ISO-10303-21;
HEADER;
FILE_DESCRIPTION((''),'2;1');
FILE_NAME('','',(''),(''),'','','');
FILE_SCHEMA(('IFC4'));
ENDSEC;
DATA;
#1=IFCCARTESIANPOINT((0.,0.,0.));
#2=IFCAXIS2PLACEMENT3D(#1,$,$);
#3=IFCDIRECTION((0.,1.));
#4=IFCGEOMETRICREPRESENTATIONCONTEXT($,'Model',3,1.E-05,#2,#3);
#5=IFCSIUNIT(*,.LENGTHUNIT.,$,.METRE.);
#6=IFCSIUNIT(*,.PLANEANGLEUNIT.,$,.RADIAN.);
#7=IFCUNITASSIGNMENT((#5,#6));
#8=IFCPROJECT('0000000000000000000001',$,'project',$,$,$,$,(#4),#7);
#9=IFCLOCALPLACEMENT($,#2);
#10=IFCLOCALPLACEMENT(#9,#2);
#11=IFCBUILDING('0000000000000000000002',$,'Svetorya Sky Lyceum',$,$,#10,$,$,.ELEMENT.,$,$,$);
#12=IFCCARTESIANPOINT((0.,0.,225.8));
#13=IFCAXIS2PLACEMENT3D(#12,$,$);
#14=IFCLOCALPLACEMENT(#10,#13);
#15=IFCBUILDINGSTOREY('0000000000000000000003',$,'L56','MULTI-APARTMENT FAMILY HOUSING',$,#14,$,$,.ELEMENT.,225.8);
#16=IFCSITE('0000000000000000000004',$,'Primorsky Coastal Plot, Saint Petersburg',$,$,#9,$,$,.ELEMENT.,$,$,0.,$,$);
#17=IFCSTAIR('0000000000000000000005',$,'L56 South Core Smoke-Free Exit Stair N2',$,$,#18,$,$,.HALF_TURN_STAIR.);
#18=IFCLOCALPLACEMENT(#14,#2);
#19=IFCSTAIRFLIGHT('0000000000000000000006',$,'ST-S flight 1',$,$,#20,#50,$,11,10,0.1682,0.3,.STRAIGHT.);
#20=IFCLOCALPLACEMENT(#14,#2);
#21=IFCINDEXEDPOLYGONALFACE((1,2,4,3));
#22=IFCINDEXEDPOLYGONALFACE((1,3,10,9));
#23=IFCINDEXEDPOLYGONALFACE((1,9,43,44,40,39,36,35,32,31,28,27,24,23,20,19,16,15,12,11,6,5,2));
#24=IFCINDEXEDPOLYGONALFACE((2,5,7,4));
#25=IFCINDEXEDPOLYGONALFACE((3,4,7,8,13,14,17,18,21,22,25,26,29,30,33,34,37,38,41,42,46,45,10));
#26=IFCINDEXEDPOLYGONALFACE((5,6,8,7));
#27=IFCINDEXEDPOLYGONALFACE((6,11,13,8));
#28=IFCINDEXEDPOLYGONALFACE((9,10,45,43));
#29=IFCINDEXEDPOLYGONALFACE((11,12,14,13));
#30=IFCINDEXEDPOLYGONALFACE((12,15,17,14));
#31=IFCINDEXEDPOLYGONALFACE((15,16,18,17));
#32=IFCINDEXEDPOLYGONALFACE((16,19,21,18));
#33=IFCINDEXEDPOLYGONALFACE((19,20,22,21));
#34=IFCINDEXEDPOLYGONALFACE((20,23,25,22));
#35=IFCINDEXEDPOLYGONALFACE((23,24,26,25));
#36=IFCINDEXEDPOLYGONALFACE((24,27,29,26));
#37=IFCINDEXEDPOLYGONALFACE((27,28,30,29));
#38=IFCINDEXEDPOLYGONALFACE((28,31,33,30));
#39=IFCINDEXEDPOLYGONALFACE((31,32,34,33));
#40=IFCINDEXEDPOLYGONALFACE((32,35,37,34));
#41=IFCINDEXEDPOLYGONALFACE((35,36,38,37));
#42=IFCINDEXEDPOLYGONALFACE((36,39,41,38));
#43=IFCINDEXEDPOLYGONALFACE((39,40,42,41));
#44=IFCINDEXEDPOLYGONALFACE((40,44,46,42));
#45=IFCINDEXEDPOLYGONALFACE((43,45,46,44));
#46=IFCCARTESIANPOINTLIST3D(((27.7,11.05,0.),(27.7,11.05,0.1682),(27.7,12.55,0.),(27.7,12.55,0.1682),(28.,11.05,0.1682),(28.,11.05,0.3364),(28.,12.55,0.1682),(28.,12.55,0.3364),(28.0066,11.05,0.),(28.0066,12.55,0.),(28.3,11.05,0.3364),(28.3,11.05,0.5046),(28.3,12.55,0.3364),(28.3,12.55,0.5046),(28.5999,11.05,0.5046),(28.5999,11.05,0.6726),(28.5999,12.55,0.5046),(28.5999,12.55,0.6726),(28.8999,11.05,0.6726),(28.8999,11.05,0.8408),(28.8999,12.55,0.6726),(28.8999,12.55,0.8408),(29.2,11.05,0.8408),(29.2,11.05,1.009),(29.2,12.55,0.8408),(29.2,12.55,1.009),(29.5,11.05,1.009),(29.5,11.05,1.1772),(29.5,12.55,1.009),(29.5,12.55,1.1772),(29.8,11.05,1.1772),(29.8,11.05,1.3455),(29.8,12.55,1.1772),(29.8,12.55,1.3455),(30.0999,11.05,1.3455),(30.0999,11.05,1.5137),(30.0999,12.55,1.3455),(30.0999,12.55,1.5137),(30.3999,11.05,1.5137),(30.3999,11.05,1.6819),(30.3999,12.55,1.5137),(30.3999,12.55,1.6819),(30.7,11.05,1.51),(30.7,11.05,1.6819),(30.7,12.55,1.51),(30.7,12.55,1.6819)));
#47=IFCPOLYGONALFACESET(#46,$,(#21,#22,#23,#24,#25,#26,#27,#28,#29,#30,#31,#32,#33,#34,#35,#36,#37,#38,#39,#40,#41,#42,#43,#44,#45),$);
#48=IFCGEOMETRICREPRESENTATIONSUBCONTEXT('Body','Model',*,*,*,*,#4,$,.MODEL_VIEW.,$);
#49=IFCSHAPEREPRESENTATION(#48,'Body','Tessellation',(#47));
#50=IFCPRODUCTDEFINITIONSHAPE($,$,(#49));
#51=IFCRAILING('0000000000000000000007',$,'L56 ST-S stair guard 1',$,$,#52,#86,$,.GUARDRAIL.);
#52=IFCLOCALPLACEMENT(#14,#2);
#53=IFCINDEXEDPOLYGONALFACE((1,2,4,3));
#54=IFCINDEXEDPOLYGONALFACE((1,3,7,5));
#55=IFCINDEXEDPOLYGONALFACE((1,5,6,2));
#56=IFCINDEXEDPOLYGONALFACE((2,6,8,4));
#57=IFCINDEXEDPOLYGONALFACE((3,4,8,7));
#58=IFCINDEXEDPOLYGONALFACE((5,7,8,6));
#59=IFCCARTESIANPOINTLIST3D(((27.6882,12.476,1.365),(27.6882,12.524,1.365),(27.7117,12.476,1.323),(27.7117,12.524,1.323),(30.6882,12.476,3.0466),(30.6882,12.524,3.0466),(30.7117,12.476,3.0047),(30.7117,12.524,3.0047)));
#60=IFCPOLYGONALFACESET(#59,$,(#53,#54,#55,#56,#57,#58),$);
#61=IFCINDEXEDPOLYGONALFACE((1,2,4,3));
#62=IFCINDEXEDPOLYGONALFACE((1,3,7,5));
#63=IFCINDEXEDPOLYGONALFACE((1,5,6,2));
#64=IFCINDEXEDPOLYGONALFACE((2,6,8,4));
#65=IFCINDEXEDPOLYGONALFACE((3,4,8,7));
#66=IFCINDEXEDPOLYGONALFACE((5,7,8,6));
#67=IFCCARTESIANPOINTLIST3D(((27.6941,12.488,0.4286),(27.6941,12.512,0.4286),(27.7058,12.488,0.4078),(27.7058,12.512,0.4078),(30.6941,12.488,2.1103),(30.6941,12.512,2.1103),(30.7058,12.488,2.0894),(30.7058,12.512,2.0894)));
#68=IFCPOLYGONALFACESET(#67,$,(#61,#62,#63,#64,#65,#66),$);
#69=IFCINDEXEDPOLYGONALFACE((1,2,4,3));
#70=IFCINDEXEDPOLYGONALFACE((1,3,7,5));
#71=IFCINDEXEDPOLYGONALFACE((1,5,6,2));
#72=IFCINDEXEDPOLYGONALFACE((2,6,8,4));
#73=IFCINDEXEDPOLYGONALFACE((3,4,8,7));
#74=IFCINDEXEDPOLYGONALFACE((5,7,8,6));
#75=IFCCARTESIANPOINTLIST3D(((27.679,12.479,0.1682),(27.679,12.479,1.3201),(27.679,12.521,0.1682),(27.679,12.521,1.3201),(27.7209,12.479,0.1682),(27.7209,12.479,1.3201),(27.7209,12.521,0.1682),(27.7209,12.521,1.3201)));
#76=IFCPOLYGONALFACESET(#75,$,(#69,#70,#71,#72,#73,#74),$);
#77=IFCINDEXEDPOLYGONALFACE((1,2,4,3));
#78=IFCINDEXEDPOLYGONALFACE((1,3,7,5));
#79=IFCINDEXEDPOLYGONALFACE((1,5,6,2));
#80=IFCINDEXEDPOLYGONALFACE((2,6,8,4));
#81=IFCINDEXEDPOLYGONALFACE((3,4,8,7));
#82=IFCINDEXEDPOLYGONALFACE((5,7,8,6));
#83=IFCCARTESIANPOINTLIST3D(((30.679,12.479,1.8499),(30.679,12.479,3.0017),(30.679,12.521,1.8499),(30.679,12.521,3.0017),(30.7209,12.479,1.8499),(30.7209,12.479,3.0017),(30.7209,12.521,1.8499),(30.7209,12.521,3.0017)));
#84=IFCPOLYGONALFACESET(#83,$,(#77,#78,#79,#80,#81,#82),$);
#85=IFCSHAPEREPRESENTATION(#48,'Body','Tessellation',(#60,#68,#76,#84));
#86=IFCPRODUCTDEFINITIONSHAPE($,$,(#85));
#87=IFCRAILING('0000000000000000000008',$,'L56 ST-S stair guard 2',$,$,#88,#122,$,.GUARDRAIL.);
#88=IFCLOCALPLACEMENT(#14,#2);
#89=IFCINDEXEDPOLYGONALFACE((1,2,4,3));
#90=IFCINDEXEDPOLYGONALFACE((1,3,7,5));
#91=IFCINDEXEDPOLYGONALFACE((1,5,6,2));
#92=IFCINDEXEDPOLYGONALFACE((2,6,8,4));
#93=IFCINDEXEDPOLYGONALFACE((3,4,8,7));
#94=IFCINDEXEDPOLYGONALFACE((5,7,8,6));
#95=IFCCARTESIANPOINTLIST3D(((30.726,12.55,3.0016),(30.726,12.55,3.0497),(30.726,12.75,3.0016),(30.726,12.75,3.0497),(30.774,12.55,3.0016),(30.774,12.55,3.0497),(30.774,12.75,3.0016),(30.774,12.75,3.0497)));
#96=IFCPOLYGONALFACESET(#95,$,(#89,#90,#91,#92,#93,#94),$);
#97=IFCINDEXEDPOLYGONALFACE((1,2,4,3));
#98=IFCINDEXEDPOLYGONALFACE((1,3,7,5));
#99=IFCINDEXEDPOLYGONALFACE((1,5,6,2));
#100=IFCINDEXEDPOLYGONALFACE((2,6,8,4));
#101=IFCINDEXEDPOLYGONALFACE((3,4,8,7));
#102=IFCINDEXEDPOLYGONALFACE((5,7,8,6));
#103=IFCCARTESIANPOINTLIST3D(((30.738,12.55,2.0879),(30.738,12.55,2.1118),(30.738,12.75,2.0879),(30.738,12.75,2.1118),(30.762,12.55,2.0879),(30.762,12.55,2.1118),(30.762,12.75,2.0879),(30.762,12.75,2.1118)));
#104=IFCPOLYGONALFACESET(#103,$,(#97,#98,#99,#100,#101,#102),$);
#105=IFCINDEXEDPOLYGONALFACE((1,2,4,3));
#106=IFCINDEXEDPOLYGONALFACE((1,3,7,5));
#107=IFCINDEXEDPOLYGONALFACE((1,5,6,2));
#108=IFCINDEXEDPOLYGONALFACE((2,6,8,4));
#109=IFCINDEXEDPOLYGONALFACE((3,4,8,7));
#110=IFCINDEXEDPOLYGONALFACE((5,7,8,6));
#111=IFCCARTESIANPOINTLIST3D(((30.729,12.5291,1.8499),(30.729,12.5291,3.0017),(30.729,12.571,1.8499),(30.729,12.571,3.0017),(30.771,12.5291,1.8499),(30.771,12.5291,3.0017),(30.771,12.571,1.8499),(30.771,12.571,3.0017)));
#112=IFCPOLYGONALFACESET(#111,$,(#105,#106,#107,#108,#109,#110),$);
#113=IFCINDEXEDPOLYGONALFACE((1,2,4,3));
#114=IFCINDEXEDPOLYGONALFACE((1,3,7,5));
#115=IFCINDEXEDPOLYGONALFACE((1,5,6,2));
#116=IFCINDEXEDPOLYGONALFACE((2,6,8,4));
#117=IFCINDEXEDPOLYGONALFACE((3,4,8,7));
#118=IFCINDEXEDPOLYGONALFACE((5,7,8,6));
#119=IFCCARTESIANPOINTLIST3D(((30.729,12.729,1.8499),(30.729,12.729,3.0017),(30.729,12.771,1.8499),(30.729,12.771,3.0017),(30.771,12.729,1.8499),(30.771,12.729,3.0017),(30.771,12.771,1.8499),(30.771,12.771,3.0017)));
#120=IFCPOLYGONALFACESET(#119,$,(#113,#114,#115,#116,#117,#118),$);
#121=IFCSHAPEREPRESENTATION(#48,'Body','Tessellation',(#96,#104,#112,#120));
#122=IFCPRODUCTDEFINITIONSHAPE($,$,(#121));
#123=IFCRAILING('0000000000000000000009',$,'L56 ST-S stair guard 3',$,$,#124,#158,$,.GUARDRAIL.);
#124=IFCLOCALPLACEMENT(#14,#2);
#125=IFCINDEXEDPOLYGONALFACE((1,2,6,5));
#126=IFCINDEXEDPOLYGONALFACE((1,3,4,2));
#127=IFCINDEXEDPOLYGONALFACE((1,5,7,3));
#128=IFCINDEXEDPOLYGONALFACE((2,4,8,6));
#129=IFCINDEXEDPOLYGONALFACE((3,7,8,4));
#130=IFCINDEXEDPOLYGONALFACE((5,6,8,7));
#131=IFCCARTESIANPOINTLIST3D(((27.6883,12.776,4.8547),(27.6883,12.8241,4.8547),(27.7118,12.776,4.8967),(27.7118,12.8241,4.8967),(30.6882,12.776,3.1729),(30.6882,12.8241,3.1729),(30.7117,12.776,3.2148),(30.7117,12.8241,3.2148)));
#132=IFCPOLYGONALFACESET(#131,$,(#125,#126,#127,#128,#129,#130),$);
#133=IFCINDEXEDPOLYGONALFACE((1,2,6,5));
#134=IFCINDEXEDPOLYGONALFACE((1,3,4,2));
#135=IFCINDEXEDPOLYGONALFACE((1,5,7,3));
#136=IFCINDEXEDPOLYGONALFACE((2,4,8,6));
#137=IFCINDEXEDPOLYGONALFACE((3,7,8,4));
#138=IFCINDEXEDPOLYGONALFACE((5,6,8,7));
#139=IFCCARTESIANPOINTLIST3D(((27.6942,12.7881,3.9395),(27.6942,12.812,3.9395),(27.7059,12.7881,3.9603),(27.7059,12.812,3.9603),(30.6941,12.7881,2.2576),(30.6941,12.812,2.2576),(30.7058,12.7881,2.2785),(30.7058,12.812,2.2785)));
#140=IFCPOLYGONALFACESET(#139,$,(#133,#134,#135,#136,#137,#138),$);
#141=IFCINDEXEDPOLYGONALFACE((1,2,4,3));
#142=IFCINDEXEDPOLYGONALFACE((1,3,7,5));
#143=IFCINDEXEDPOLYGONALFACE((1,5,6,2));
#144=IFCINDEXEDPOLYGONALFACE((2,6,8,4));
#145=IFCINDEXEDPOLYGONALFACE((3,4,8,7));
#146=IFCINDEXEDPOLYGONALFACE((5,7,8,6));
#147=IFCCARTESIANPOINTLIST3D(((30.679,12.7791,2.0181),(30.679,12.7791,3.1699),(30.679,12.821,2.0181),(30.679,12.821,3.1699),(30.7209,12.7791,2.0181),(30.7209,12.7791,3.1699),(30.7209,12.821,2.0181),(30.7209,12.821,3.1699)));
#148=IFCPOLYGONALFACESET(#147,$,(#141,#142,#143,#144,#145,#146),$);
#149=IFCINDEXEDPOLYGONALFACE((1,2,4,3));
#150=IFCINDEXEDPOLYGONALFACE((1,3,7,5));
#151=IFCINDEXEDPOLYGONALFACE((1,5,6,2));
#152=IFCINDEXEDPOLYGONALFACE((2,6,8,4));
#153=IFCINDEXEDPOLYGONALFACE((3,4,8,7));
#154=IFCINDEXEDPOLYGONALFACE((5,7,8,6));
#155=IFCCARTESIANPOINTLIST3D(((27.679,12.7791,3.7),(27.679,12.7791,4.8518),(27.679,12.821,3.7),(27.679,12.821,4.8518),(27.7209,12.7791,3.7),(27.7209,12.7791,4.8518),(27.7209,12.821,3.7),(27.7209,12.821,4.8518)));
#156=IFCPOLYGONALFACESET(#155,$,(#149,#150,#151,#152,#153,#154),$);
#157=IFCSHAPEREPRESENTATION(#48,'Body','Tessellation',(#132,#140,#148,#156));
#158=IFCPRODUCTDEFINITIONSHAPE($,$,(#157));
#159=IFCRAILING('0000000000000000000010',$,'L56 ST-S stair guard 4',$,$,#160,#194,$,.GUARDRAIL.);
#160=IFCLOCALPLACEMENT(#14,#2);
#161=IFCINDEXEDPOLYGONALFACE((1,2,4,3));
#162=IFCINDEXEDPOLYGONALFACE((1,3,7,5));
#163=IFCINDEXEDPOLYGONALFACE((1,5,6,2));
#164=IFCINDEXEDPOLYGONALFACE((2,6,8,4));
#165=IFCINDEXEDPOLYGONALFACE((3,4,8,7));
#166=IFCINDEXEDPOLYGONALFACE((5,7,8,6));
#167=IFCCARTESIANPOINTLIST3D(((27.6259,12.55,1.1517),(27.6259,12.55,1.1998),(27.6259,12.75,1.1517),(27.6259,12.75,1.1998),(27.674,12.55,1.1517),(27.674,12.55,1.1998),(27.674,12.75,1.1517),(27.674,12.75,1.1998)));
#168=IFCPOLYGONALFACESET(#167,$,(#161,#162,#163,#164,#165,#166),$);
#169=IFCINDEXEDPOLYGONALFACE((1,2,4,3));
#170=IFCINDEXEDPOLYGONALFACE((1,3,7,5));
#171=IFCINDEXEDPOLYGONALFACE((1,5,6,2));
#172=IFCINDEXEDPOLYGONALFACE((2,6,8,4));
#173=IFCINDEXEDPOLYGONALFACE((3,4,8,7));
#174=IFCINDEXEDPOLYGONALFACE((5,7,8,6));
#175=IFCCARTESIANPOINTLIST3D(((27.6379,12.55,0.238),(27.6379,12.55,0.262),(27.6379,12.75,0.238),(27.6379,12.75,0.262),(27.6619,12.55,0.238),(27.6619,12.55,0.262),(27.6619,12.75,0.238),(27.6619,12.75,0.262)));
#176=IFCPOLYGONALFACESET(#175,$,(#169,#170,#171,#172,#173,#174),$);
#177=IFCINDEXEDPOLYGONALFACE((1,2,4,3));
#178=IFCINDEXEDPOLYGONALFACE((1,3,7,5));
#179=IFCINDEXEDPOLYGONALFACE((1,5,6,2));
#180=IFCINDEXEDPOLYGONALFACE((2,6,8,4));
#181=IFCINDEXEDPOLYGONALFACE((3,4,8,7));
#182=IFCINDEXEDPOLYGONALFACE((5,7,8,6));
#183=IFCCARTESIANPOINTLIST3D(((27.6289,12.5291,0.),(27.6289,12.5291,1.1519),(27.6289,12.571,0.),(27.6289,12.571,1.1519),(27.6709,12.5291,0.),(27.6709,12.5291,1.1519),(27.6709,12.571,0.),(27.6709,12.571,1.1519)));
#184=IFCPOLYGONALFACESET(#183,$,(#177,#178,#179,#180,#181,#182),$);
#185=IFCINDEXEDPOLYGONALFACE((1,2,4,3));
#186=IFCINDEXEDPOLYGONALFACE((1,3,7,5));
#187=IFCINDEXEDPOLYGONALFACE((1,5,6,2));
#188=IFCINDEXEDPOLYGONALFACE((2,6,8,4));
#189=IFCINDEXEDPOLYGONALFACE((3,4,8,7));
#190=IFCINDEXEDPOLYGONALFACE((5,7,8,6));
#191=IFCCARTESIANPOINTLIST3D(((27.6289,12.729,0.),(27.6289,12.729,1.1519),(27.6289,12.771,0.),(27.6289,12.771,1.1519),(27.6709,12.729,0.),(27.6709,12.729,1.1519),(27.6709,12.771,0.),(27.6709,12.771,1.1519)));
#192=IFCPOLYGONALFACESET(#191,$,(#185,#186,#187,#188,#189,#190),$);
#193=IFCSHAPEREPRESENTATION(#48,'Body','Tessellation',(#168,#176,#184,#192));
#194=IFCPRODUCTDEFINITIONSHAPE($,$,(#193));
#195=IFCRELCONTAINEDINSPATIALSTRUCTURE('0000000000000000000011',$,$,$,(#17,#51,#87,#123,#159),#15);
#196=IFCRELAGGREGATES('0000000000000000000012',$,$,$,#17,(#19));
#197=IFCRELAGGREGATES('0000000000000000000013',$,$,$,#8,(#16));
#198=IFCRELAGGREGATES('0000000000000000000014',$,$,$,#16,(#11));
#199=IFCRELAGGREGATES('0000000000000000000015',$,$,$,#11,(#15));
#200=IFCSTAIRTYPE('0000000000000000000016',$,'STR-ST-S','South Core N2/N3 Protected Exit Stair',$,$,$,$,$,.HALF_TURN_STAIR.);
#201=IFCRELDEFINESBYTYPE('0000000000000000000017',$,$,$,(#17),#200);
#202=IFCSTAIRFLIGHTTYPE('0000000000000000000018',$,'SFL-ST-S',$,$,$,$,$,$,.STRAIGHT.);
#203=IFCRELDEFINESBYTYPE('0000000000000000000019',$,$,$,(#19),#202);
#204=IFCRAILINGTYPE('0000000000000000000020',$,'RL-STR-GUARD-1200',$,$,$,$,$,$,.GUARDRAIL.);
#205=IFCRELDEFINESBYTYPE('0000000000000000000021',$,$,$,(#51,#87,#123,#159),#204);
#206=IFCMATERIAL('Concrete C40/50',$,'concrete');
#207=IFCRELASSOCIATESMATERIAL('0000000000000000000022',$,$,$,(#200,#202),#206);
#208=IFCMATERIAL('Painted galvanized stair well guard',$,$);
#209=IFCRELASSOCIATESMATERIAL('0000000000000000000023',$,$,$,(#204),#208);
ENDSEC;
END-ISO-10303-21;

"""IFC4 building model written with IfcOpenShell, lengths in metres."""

from ifc_helpers import new_model, si_unit, direction, frame, origin, origin_2d, place, context, subcontext, project, spatial, polyline, rectangle, outline, extrude, material, type_object, element, aggregate, save


model = new_model("IFC4")

# Units and contexts
model_context = context("Model", 3, precision=1e-05, world=origin(), true_north=direction((0.0, 1.0)))
body_context = subcontext(model_context, "Body", "Model", "MODEL_VIEW")
ifc_project = project(units=[si_unit("LENGTHUNIT", "METRE"), si_unit("PLANEANGLEUNIT", "RADIAN")], contexts=[model_context])

# Site, building, storey
site_placement = place(None, origin())
site = spatial("IfcSite", under=ifc_project, at=site_placement, Name="Primorsky Coastal Plot, Saint Petersburg", CompositionType="ELEMENT", RefElevation=0.0)
building_placement = place(site_placement, origin())
building = spatial("IfcBuilding", under=site, at=building_placement, Name="Svetorya Sky Lyceum", CompositionType="ELEMENT")
storey_placement = place(building_placement, frame((0.0, 0.0, 225.8)))
storey = spatial("IfcBuildingStorey", under=building, at=storey_placement, Name="L56", Description="MULTI-APARTMENT FAMILY HOUSING", CompositionType="ELEMENT", Elevation=225.8)

# Stair, stair flight
ifc_material_1 = material(Name="Concrete C40/50", Category="concrete")
stair_type = type_object("IfcStairType", Name="STR-ST-S", Description="South Core N2/N3 Protected Exit Stair", PredefinedType="HALF_TURN_STAIR", material=ifc_material_1)
stair_placement = place(storey_placement, origin())
stair = element("IfcStair", 1, at=stair_placement, inside=storey, type_object=stair_type, Name="L56 South Core Smoke-Free Exit Stair N2", PredefinedType="HALF_TURN_STAIR")
stair_flight_type = type_object("IfcStairFlightType", Name="SFL-ST-S", PredefinedType="STRAIGHT", material=ifc_material_1)
stair_flight_placement = place(storey_placement, frame((27.7, 11.8, 0.0), z_axis=(0.0, 0.0, 1.0), x_axis=(1.0, 0.0, 0.0)))
stair_flight = element("IfcStairFlight", 2, at=stair_flight_placement, type_object=stair_flight_type, Name="ST-S flight 1", NumberOfRisers=11, NumberOfTreads=10, PredefinedType="STRAIGHT", RiserHeight=0.1682, TreadLength=0.3, context=body_context, shape_type="SweptSolid", body=[
    extrude(outline(polyline([(0.0, 0.0), (0.0, 0.1682), (0.3, 0.1682), (0.3, 0.3364), (0.6001, 0.3364), (0.6001, 0.5046), (0.8999, 0.5046), (0.8999, 0.6726), (1.2, 0.6726), (1.2, 0.8408), (1.5, 0.8408), (1.5, 1.009), (1.8, 1.009), (1.8, 1.1772), (2.1001, 1.1772), (2.1001, 1.3455), (2.3999, 1.3455), (2.3999, 1.5137), (2.7, 1.5137), (2.7, 1.6819), (3.0, 1.6819), (3.0, 1.8501), (3.0, 1.51), (0.3066, 0.0), (0.0, 0.0)])), frame((0.0, 0.75, 0.0), z_axis=(0.0, -1.0, 0.0), x_axis=(1.0, 0.0, 0.0)), (0.0, 0.0, 1.0), 1.5),
])
aggregate(stair, [stair_flight])

# Railings
ifc_material_2 = material(Name="Painted galvanized stair well guard")
railing_type_1 = type_object("IfcRailingType", Name="RL-STR-GUARD-1200", PredefinedType="GUARDRAIL", material=ifc_material_2)
railing_1_placement = place(storey_placement, frame((27.7, 12.5, 0.1682)))
element("IfcRailing", 3, at=railing_1_placement, inside=storey, type_object=railing_type_1, Name="L56 ST-S stair guard 1", PredefinedType="GUARDRAIL", context=body_context, shape_type="SweptSolid", body=[
    extrude(rectangle(XDim=0.0481, YDim=0.0481, at=origin_2d()), frame((0.0, 0.0, 1.1758), z_axis=(0.872303, 0.0, 0.488966), x_axis=(0.0, 1.0, 0.0)), (0.0, 0.0, 1.0), 3.4392),
    extrude(rectangle(XDim=0.0239, YDim=0.0239, at=origin_2d()), frame((0.0, 0.0, 0.25), z_axis=(0.872303, 0.0, 0.488966), x_axis=(0.0, 1.0, 0.0)), (0.0, 0.0, 1.0), 3.4392),
    extrude(rectangle(XDim=0.042, YDim=0.042, at=origin_2d()), origin(), (0.0, 0.0, 1.0), 1.1519),
    extrude(rectangle(XDim=0.042, YDim=0.042, at=origin_2d()), frame((3.0, 0.0, 1.6816)), (0.0, 0.0, 1.0), 1.1519),
])
railing_2_placement = place(storey_placement, frame((30.75, 12.55, 1.8499)))
element("IfcRailing", 4, at=railing_2_placement, inside=storey, type_object=railing_type_1, Name="L56 ST-S stair guard 2", PredefinedType="GUARDRAIL", context=body_context, shape_type="SweptSolid", body=[
    extrude(rectangle(XDim=0.0481, YDim=0.0481, at=origin_2d()), frame((0.0, 0.0, 1.1758), z_axis=(0.0, 1.0, 0.0), x_axis=(-1.0, 0.0, 0.0)), (0.0, 0.0, 1.0), 0.2),
    extrude(rectangle(XDim=0.0239, YDim=0.0239, at=origin_2d()), frame((0.0, 0.0, 0.25), z_axis=(0.0, 1.0, 0.0), x_axis=(-1.0, 0.0, 0.0)), (0.0, 0.0, 1.0), 0.2),
    extrude(rectangle(XDim=0.042, YDim=0.042, at=origin_2d()), origin(), (0.0, 0.0, 1.0), 1.1519),
    extrude(rectangle(XDim=0.042, YDim=0.042, at=origin_2d()), frame((0.0, 0.2, 0.0)), (0.0, 0.0, 1.0), 1.1519),
])
railing_3_placement = place(storey_placement, frame((30.7, 12.8, 2.0181)))
element("IfcRailing", 5, at=railing_3_placement, inside=storey, type_object=railing_type_1, Name="L56 ST-S stair guard 3", PredefinedType="GUARDRAIL", context=body_context, shape_type="SweptSolid", body=[
    extrude(rectangle(XDim=0.0481, YDim=0.0481, at=origin_2d()), frame((0.0, 0.0, 1.1758), z_axis=(-0.872272, 0.0, 0.48902), x_axis=(0.0, -1.0, 0.0)), (0.0, 0.0, 1.0), 3.4392),
    extrude(rectangle(XDim=0.0239, YDim=0.0239, at=origin_2d()), frame((0.0, 0.0, 0.25), z_axis=(-0.872272, 0.0, 0.48902), x_axis=(0.0, -1.0, 0.0)), (0.0, 0.0, 1.0), 3.4392),
    extrude(rectangle(XDim=0.042, YDim=0.042, at=origin_2d()), origin(), (0.0, 0.0, 1.0), 1.1519),
    extrude(rectangle(XDim=0.042, YDim=0.042, at=origin_2d()), frame((-3.0, 0.0, 1.6819)), (0.0, 0.0, 1.0), 1.1519),
])
railing_4_placement = place(storey_placement, frame((27.6499, 12.55, 0.0)))
element("IfcRailing", 6, at=railing_4_placement, inside=storey, type_object=railing_type_1, Name="L56 ST-S stair guard 4", PredefinedType="GUARDRAIL", context=body_context, shape_type="SweptSolid", body=[
    extrude(rectangle(XDim=0.0481, YDim=0.0481, at=origin_2d()), frame((0.0, 0.0, 1.1758), z_axis=(0.0, 1.0, 0.0), x_axis=(-1.0, 0.0, 0.0)), (0.0, 0.0, 1.0), 0.2),
    extrude(rectangle(XDim=0.0239, YDim=0.0239, at=origin_2d()), frame((0.0, 0.0, 0.25), z_axis=(0.0, 1.0, 0.0), x_axis=(-1.0, 0.0, 0.0)), (0.0, 0.0, 1.0), 0.2),
    extrude(rectangle(XDim=0.042, YDim=0.042, at=origin_2d()), origin(), (0.0, 0.0, 1.0), 1.1519),
    extrude(rectangle(XDim=0.042, YDim=0.042, at=origin_2d()), frame((0.0, 0.2, 0.0)), (0.0, 0.0, 1.0), 1.1519),
])

save(model, "model.ifc")
